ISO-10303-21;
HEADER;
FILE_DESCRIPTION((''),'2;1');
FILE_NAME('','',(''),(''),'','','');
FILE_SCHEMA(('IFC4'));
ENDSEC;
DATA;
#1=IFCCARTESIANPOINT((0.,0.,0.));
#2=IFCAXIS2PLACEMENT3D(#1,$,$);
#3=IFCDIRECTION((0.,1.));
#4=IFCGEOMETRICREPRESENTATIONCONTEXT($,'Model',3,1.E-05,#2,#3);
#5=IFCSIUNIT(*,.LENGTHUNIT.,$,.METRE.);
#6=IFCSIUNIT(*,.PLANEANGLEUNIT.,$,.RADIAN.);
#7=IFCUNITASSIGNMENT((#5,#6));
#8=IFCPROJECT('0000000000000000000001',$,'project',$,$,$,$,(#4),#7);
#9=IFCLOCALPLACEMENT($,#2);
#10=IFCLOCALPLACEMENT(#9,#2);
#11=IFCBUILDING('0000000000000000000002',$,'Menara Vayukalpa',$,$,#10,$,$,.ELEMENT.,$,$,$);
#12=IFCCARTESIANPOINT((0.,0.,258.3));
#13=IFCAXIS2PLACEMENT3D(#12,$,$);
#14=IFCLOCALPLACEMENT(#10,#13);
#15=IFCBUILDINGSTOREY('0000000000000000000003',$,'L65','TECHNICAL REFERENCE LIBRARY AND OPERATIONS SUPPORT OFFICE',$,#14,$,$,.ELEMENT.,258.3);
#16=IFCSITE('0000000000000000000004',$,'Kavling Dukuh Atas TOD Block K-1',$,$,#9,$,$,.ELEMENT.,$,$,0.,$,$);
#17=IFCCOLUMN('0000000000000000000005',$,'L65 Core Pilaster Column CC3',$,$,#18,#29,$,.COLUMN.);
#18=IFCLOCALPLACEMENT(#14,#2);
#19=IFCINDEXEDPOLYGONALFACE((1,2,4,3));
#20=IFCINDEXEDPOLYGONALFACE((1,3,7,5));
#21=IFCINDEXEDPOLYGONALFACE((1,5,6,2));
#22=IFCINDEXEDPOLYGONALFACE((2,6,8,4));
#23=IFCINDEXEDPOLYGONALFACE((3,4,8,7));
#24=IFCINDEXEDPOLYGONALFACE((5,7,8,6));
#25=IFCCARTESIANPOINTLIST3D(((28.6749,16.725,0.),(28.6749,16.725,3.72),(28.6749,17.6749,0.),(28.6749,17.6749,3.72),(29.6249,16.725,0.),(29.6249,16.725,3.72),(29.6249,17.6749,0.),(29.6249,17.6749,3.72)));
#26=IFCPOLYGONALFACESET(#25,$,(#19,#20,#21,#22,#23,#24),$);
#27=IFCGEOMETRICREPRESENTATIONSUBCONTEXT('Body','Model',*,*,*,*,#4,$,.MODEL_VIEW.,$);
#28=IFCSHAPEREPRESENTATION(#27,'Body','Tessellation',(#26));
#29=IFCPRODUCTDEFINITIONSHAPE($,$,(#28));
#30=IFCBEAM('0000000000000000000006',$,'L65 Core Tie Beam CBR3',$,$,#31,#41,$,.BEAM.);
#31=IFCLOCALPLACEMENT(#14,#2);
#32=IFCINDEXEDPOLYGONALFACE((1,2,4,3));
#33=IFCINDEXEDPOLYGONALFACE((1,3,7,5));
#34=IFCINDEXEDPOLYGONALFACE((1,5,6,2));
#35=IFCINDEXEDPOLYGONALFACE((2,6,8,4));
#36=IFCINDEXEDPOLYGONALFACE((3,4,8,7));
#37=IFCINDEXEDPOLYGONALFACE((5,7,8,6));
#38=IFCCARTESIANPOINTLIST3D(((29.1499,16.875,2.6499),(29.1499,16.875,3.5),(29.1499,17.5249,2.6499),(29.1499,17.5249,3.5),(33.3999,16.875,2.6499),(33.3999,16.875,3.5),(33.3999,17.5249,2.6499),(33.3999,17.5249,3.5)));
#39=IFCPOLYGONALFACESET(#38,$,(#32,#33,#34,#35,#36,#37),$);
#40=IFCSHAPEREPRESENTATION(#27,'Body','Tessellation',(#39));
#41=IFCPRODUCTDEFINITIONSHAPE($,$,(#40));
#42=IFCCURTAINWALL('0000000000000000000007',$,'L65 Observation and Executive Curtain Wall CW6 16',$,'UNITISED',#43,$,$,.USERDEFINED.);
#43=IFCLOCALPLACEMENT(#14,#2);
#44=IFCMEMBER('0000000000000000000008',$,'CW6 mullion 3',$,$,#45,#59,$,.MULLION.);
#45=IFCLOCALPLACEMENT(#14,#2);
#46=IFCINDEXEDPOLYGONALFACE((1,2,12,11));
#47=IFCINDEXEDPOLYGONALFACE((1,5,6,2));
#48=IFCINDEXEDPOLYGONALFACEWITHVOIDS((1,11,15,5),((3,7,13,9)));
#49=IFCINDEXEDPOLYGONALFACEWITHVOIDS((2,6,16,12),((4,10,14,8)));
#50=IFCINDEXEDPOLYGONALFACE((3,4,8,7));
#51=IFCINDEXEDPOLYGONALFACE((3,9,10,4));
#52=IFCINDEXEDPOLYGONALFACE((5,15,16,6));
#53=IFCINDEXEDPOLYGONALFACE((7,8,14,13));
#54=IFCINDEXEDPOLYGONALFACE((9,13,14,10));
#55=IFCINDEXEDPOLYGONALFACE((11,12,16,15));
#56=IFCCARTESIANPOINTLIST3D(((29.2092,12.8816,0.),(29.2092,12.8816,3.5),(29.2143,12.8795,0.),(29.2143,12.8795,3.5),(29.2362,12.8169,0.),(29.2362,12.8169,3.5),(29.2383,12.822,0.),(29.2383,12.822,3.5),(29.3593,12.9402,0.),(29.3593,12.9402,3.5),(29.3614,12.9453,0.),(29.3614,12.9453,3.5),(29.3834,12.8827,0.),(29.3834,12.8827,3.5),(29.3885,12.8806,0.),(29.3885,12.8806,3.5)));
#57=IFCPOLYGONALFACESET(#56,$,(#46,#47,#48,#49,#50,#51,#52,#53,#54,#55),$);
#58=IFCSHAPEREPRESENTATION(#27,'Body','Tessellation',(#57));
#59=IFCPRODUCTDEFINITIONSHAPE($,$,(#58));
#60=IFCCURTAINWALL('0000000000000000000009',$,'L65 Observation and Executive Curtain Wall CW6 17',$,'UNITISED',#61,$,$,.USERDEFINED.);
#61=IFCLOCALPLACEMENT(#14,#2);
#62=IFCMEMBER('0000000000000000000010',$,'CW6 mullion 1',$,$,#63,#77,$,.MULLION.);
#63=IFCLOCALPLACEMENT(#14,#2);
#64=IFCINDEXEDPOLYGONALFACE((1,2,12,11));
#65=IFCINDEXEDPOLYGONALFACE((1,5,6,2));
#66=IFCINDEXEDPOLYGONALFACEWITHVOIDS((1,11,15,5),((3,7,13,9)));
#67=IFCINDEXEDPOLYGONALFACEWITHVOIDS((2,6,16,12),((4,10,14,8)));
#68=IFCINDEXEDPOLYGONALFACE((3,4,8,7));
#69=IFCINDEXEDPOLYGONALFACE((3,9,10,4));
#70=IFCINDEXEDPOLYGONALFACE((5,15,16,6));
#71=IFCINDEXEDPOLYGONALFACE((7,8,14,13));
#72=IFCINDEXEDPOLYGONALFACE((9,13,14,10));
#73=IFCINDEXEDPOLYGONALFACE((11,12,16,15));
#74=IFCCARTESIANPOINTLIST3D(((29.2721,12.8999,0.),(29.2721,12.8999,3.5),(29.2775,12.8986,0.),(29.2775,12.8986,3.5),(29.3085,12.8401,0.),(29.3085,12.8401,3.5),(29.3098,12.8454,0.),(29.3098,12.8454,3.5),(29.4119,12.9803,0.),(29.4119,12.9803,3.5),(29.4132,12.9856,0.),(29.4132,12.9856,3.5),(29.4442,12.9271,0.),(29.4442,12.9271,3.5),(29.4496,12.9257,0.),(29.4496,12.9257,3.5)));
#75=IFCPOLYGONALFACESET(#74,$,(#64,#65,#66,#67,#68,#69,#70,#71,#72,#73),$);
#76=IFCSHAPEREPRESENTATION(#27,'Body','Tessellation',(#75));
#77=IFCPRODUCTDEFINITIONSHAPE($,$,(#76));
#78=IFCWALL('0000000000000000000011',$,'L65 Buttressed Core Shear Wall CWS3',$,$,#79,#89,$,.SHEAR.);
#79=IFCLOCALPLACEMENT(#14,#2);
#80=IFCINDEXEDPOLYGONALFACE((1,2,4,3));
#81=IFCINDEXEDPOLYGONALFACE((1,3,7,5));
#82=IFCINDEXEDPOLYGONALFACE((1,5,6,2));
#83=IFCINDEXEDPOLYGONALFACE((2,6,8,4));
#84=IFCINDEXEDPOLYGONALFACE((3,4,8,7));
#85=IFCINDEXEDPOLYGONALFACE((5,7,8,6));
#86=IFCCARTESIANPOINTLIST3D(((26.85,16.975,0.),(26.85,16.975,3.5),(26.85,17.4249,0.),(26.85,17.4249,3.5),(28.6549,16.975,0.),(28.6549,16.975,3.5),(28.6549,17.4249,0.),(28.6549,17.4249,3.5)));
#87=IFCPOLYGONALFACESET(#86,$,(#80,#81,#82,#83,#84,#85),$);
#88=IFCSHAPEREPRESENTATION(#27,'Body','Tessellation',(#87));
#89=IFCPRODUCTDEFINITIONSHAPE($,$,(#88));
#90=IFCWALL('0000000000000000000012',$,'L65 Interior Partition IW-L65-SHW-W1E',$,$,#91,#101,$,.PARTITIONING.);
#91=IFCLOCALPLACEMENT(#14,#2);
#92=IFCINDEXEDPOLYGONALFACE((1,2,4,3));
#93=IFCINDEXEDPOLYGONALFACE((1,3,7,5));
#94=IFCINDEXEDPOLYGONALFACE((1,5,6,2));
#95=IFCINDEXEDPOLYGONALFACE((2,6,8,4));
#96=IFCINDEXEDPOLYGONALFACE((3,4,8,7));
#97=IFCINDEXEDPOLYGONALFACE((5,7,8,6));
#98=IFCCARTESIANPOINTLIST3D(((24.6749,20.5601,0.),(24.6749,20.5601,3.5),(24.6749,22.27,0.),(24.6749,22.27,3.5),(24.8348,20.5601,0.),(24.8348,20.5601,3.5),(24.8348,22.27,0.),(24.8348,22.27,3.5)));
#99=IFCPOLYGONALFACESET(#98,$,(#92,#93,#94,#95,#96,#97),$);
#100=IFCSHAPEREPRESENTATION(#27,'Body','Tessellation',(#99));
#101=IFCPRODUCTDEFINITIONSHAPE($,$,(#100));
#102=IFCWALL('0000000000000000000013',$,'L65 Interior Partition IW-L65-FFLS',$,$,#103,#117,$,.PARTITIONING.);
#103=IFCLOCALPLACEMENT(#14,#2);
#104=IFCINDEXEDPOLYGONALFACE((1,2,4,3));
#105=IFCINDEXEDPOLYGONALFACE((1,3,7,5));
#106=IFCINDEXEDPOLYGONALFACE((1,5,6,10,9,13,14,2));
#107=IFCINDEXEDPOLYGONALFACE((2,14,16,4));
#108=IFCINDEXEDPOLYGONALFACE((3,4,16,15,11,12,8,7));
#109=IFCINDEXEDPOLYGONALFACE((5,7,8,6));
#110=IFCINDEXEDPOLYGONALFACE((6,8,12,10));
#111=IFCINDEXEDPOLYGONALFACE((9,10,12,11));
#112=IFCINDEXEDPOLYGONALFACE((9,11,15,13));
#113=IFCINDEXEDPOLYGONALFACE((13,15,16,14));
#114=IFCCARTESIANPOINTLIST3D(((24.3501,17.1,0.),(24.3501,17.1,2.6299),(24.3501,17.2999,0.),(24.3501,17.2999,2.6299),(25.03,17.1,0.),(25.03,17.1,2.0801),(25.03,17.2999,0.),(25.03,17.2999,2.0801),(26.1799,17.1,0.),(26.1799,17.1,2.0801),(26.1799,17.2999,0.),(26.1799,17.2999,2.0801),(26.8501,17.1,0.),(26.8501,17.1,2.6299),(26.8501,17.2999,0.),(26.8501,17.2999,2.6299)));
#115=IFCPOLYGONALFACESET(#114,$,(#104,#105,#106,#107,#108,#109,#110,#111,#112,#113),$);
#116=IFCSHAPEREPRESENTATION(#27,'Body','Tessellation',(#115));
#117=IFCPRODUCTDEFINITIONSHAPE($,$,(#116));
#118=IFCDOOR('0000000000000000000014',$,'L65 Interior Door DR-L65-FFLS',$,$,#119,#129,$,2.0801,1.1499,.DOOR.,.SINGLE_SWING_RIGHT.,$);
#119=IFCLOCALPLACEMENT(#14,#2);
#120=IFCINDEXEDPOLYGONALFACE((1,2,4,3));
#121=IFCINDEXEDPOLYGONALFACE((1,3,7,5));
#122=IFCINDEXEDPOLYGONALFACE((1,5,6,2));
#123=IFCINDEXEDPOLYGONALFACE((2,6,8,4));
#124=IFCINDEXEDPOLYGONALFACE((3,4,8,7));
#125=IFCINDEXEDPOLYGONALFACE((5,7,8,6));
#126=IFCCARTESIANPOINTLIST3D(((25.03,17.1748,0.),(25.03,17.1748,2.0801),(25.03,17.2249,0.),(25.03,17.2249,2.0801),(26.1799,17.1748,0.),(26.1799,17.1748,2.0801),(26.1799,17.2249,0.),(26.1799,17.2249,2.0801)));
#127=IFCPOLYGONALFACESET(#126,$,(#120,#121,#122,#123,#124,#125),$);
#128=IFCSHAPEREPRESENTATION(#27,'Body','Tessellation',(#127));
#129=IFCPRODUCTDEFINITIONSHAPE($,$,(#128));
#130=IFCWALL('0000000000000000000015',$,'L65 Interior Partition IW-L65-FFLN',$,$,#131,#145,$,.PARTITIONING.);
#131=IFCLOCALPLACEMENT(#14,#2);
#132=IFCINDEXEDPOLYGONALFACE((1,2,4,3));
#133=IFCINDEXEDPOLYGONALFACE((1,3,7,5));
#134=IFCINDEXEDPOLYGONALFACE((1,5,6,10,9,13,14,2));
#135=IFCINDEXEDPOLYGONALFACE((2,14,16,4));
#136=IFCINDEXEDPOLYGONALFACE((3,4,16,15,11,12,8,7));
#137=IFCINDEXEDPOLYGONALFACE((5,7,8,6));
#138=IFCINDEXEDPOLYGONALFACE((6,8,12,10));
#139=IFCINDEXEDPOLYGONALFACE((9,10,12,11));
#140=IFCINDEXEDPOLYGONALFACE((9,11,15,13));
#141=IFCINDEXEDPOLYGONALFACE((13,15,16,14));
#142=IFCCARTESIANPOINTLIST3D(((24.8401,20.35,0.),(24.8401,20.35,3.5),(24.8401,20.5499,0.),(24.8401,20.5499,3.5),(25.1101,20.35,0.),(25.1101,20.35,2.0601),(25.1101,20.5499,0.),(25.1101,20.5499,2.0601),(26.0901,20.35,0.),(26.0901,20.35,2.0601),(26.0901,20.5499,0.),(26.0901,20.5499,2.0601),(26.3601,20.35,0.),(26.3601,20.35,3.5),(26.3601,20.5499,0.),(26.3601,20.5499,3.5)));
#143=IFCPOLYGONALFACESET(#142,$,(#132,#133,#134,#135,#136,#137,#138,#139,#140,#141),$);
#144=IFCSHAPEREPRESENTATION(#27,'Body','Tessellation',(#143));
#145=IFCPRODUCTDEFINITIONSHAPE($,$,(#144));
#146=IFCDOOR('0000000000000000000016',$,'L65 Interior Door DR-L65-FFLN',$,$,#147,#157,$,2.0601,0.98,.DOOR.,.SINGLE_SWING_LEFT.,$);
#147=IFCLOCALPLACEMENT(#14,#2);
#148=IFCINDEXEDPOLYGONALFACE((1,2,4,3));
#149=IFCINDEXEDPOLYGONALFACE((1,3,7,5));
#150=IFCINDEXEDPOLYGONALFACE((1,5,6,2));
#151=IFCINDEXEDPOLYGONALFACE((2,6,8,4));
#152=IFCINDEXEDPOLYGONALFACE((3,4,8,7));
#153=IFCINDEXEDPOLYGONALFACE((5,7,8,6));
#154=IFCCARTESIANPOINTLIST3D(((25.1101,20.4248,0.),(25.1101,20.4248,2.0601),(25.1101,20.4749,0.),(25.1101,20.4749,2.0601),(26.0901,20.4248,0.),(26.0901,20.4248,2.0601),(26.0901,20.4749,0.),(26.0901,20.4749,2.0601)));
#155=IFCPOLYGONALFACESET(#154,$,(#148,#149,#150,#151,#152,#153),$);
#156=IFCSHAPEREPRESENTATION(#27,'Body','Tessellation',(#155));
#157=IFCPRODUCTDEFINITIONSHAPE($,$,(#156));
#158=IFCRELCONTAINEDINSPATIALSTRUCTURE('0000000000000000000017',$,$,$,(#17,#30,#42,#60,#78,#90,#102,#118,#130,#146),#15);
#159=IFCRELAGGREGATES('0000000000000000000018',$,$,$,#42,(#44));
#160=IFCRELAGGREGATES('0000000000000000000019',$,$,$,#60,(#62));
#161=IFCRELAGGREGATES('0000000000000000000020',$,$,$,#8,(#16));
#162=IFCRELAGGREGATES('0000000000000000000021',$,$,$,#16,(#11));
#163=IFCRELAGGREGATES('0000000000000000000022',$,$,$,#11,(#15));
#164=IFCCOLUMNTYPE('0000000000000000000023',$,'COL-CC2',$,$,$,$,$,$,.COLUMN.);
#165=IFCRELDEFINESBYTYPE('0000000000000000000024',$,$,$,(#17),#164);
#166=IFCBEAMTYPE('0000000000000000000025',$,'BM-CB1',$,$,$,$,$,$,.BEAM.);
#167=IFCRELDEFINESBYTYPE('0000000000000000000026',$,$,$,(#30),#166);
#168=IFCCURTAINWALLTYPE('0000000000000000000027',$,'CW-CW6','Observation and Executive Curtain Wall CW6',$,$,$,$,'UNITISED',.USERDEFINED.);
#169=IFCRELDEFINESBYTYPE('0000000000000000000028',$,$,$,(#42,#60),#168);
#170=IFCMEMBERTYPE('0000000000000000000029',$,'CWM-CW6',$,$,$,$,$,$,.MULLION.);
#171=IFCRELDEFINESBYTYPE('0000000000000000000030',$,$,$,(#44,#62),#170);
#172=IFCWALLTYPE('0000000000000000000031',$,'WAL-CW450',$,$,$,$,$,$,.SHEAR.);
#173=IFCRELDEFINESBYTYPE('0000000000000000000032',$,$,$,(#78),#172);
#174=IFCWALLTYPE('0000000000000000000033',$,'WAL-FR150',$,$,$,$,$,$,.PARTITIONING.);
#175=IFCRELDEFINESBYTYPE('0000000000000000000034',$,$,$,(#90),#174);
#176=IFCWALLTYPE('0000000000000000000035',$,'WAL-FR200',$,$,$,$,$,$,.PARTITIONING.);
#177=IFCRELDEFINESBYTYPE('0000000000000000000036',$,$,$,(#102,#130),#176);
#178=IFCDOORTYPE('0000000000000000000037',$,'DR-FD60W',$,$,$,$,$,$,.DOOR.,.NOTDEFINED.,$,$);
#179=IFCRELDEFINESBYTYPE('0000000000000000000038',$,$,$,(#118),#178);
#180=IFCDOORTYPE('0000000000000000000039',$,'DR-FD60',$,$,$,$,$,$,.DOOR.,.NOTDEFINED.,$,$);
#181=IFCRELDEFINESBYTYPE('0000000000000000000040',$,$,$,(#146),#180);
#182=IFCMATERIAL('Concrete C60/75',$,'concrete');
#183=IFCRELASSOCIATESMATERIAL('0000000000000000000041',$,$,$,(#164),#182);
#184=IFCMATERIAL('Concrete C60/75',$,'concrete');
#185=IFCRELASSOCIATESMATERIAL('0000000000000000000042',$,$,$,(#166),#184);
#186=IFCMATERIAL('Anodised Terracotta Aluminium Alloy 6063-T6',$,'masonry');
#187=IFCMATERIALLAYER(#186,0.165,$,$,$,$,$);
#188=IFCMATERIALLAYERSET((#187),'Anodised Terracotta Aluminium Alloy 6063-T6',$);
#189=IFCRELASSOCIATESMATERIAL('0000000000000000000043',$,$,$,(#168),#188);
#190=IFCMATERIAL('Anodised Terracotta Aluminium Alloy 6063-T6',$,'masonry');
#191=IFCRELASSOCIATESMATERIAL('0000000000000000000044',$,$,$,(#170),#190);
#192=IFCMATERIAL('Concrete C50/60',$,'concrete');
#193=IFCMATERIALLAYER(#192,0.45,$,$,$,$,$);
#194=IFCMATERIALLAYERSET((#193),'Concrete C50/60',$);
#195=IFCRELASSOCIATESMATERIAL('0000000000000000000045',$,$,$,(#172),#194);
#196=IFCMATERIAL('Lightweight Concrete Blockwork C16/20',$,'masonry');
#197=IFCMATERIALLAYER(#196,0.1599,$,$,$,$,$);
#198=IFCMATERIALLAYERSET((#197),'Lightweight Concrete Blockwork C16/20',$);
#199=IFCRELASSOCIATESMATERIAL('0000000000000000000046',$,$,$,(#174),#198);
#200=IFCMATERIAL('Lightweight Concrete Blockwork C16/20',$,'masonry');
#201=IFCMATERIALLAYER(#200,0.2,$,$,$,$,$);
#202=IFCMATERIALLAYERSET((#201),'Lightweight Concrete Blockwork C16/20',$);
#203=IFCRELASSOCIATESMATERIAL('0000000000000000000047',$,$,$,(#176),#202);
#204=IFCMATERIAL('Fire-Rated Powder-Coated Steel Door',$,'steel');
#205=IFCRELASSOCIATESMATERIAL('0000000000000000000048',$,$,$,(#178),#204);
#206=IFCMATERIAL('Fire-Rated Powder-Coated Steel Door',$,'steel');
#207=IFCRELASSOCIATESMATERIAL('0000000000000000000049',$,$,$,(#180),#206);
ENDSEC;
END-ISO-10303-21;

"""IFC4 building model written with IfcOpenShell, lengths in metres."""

from ifc_helpers import new_model, si_unit, direction, frame, frame_2d, origin, origin_2d, place, context, subcontext, project, spatial, rectangle, hollow_rectangle, extrude, material, layer, layer_set, material_profile, profile_set, type_object, element, fill, aggregate, save


model = new_model("IFC4")

# Units and contexts
model_context = context("Model", 3, precision=1e-05, world=origin(), true_north=direction((0.0, 1.0)))
body_context = subcontext(model_context, "Body", "Model", "MODEL_VIEW")
ifc_project = project(units=[si_unit("LENGTHUNIT", "METRE"), si_unit("PLANEANGLEUNIT", "RADIAN")], contexts=[model_context])

# Site, building, storey
site_placement = place(None, origin())
site = spatial("IfcSite", under=ifc_project, at=site_placement, Name="Kavling Dukuh Atas TOD Block K-1", CompositionType="ELEMENT", RefElevation=0.0)
building_placement = place(site_placement, origin())
building = spatial("IfcBuilding", under=site, at=building_placement, Name="Menara Vayukalpa", CompositionType="ELEMENT")
storey_placement = place(building_placement, frame((0.0, 0.0, 258.3)))
storey = spatial("IfcBuildingStorey", under=building, at=storey_placement, Name="L65", Description="TECHNICAL REFERENCE LIBRARY AND OPERATIONS SUPPORT OFFICE", CompositionType="ELEMENT", Elevation=258.3)

# Column
ifc_material_1 = material(Name="Concrete C60/75", Category="concrete")
ifc_material_profile_1 = material_profile(ifc_material_1, rectangle(XDim=0.95, YDim=0.95, at=origin_2d()), Name="RC 950x950")
ifc_profile_set_1 = profile_set([ifc_material_profile_1], Name="Concrete C60/75")
column_type = type_object("IfcColumnType", Name="COL-CC2", PredefinedType="COLUMN", material=ifc_profile_set_1)
column_placement = place(storey_placement, frame((29.1499, 17.2, 0.0), z_axis=(0.0, 0.0, 1.0), x_axis=(1.0, 0.0, 0.0)))
element("IfcColumn", 1, at=column_placement, inside=storey, type_object=column_type, Name="L65 Core Pilaster Column CC3", PredefinedType="COLUMN", context=body_context, shape_type="SweptSolid", body=[
    extrude(rectangle(XDim=0.95, YDim=0.95, at=origin_2d()), origin(), (0.0, 0.0, 1.0), 3.72),
])

# Beam
ifc_material_2 = material(Name="Concrete C60/75", Category="concrete")
ifc_material_profile_2 = material_profile(ifc_material_2, rectangle(XDim=0.6499, YDim=0.8501, at=origin_2d()), Name="RC 650x850")
ifc_profile_set_2 = profile_set([ifc_material_profile_2], Name="Concrete C60/75")
beam_type = type_object("IfcBeamType", Name="BM-CB1", PredefinedType="BEAM", material=ifc_profile_set_2)
beam_placement = place(storey_placement, frame((29.1499, 17.2, 3.075), z_axis=(1.0, 0.0, 0.0), x_axis=(0.0, 1.0, 0.0)))
element("IfcBeam", 2, at=beam_placement, inside=storey, type_object=beam_type, Name="L65 Core Tie Beam CBR3", PredefinedType="BEAM", context=body_context, shape_type="SweptSolid", body=[
    extrude(rectangle(XDim=0.6499, YDim=0.8501, at=origin_2d()), origin(), (0.0, 0.0, 1.0), 4.25),
])

# Curtain walls, members
ifc_material_3 = material(Name="Anodised Terracotta Aluminium Alloy 6063-T6", Category="masonry")
ifc_layer_1 = layer(ifc_material_3, 0.165)
ifc_layer_set_1 = layer_set([ifc_layer_1], Name="Anodised Terracotta Aluminium Alloy 6063-T6")
curtain_wall_type = type_object("IfcCurtainWallType", Name="CW-CW6", Description="Observation and Executive Curtain Wall CW6", ElementType="UNITISED", PredefinedType="USERDEFINED", material=ifc_layer_set_1)
curtain_wall_1_placement = place(storey_placement, origin())
curtain_wall_1 = element("IfcCurtainWall", 3, at=curtain_wall_1_placement, inside=storey, type_object=curtain_wall_type, Name="L65 Observation and Executive Curtain Wall CW6 16", ObjectType="UNITISED", PredefinedType="USERDEFINED")
ifc_material_4 = material(Name="Anodised Terracotta Aluminium Alloy 6063-T6", Category="masonry")
ifc_material_profile_3 = material_profile(ifc_material_4, hollow_rectangle(XDim=0.0701, YDim=0.165, WallThickness=0.0039, at=origin_2d()), Name="ALU 70x165x4")
ifc_profile_set_3 = profile_set([ifc_material_profile_3], Name="Anodised Terracotta Aluminium Alloy 6063-T6")
member_type = type_object("IfcMemberType", Name="CWM-CW6", PredefinedType="MULLION", material=ifc_profile_set_3)
member_1_placement = place(storey_placement, frame((29.2988, 12.8811, 0.0), z_axis=(0.0, 0.0, 1.0), x_axis=(-0.3859, 0.922541, 0.0)))
member_1 = element("IfcMember", 4, at=member_1_placement, type_object=member_type, Name="CW6 mullion 3", PredefinedType="MULLION", context=body_context, shape_type="SweptSolid", body=[
    extrude(hollow_rectangle(XDim=0.0701, YDim=0.165, WallThickness=0.0039, at=origin_2d()), origin(), (0.0, 0.0, 1.0), 3.5),
])
aggregate(curtain_wall_1, [member_1])
curtain_wall_2_placement = place(storey_placement, origin())
curtain_wall_2 = element("IfcCurtainWall", 5, at=curtain_wall_2_placement, inside=storey, type_object=curtain_wall_type, Name="L65 Observation and Executive Curtain Wall CW6 17", ObjectType="UNITISED", PredefinedType="USERDEFINED")
member_2_placement = place(storey_placement, frame((29.3608, 12.9128, 0.0), z_axis=(0.0, 0.0, 1.0), x_axis=(-0.519176, 0.854668, 0.0)))
member_2 = element("IfcMember", 6, at=member_2_placement, type_object=member_type, Name="CW6 mullion 1", PredefinedType="MULLION", context=body_context, shape_type="SweptSolid", body=[
    extrude(hollow_rectangle(XDim=0.0701, YDim=0.165, WallThickness=0.0039, at=origin_2d()), origin(), (0.0, 0.0, 1.0), 3.5),
])
aggregate(curtain_wall_2, [member_2])

# Walls
ifc_material_5 = material(Name="Concrete C50/60", Category="concrete")
ifc_layer_2 = layer(ifc_material_5, 0.45)
ifc_layer_set_2 = layer_set([ifc_layer_2], Name="Concrete C50/60")
wall_type_1 = type_object("IfcWallType", Name="WAL-CW450", PredefinedType="SHEAR", material=ifc_layer_set_2)
wall_1_placement = place(storey_placement, frame((26.8501, 17.2, 0.0), z_axis=(0.0, 0.0, 1.0), x_axis=(1.0, 0.0, 0.0)))
element("IfcWall", 7, at=wall_1_placement, inside=storey, type_object=wall_type_1, Name="L65 Buttressed Core Shear Wall CWS3", PredefinedType="SHEAR", context=body_context, shape_type="SweptSolid", body=[
    extrude(rectangle(XDim=1.8049, YDim=0.45, at=frame_2d((0.9023, 0.0))), origin(), (0.0, 0.0, 1.0), 3.5),
])
ifc_material_6 = material(Name="Lightweight Concrete Blockwork C16/20", Category="masonry")
ifc_layer_3 = layer(ifc_material_6, 0.1599)
ifc_layer_set_3 = layer_set([ifc_layer_3], Name="Lightweight Concrete Blockwork C16/20")
wall_type_2 = type_object("IfcWallType", Name="WAL-FR150", PredefinedType="PARTITIONING", material=ifc_layer_set_3)
wall_2_placement = place(storey_placement, frame((24.7549, 20.5601, 0.0), z_axis=(0.0, 0.0, 1.0), x_axis=(0.0, 1.0, 0.0)))
element("IfcWall", 8, at=wall_2_placement, inside=storey, type_object=wall_type_2, Name="L65 Interior Partition IW-L65-SHW-W1E", PredefinedType="PARTITIONING", context=body_context, shape_type="SweptSolid", body=[
    extrude(rectangle(XDim=1.71, YDim=0.1599, at=frame_2d((0.855, 0.0))), origin(), (0.0, 0.0, 1.0), 3.5),
])

# Walls, openings, doors
ifc_material_7 = material(Name="Lightweight Concrete Blockwork C16/20", Category="masonry")
ifc_layer_4 = layer(ifc_material_7, 0.2)
ifc_layer_set_4 = layer_set([ifc_layer_4], Name="Lightweight Concrete Blockwork C16/20")
wall_type_3 = type_object("IfcWallType", Name="WAL-FR200", PredefinedType="PARTITIONING", material=ifc_layer_set_4)
wall_3_placement = place(storey_placement, frame((24.3501, 17.2, 0.0), z_axis=(0.0, 0.0, 1.0), x_axis=(1.0, 0.0, 0.0)))
wall_3 = element("IfcWall", 9, at=wall_3_placement, inside=storey, type_object=wall_type_3, Name="L65 Interior Partition IW-L65-FFLS", PredefinedType="PARTITIONING", context=body_context, shape_type="SweptSolid", body=[
    extrude(rectangle(XDim=2.5, YDim=0.2, at=frame_2d((1.25, 0.0))), origin(), (0.0, 0.0, 1.0), 2.6299),
])
opening_1_placement = place(wall_3_placement, frame((0.6799, 0.0, 0.0)))
opening_1 = element("IfcOpeningElement", 10, at=opening_1_placement, cuts=wall_3, PredefinedType="OPENING", context=body_context, shape_type="SweptSolid", body=[
    extrude(rectangle(XDim=1.1499, YDim=2.0801, at=frame_2d((0.575, 1.04))), frame((0.0, 0.1099, 0.0), z_axis=(0.0, -1.0, 0.0), x_axis=(1.0, 0.0, 0.0)), (0.0, 0.0, 1.0), 0.22),
])
ifc_material_8 = material(Name="Fire-Rated Powder-Coated Steel Door", Category="steel")
door_type_1 = type_object("IfcDoorType", Name="DR-FD60W", OperationType="NOTDEFINED", PredefinedType="DOOR", material=ifc_material_8)
door_1_placement = place(opening_1_placement, origin())
door_1 = element("IfcDoor", 11, at=door_1_placement, inside=storey, type_object=door_type_1, Name="L65 Interior Door DR-L65-FFLS", OperationType="SINGLE_SWING_RIGHT", OverallHeight=2.0801, OverallWidth=1.1499, PredefinedType="DOOR", context=body_context, shape_type="SweptSolid", body=[
    extrude(rectangle(XDim=1.1499, YDim=2.0801, at=frame_2d((0.575, 1.04))), frame((0.0, 0.0249, 0.0), z_axis=(0.0, -1.0, 0.0), x_axis=(1.0, 0.0, 0.0)), (0.0, 0.0, 1.0), 0.05),
])
fill(opening_1, door_1)
wall_4_placement = place(storey_placement, frame((24.8401, 20.45, 0.0), z_axis=(0.0, 0.0, 1.0), x_axis=(1.0, 0.0, 0.0)))
wall_4 = element("IfcWall", 12, at=wall_4_placement, inside=storey, type_object=wall_type_3, Name="L65 Interior Partition IW-L65-FFLN", PredefinedType="PARTITIONING", context=body_context, shape_type="SweptSolid", body=[
    extrude(rectangle(XDim=1.52, YDim=0.2, at=frame_2d((0.76, 0.0))), origin(), (0.0, 0.0, 1.0), 3.5),
])
opening_2_placement = place(wall_4_placement, frame((0.27, 0.0, 0.0)))
opening_2 = element("IfcOpeningElement", 13, at=opening_2_placement, cuts=wall_4, PredefinedType="OPENING", context=body_context, shape_type="SweptSolid", body=[
    extrude(rectangle(XDim=0.98, YDim=2.0601, at=frame_2d((0.49, 1.03))), frame((0.0, 0.1099, 0.0), z_axis=(0.0, -1.0, 0.0), x_axis=(1.0, 0.0, 0.0)), (0.0, 0.0, 1.0), 0.22),
])
ifc_material_9 = material(Name="Fire-Rated Powder-Coated Steel Door", Category="steel")
door_type_2 = type_object("IfcDoorType", Name="DR-FD60", OperationType="NOTDEFINED", PredefinedType="DOOR", material=ifc_material_9)
door_2_placement = place(opening_2_placement, origin())
door_2 = element("IfcDoor", 14, at=door_2_placement, inside=storey, type_object=door_type_2, Name="L65 Interior Door DR-L65-FFLN", OperationType="SINGLE_SWING_LEFT", OverallHeight=2.0601, OverallWidth=0.98, PredefinedType="DOOR", context=body_context, shape_type="SweptSolid", body=[
    extrude(rectangle(XDim=0.98, YDim=2.0601, at=frame_2d((0.49, 1.03))), frame((0.0, 0.0249, 0.0), z_axis=(0.0, -1.0, 0.0), x_axis=(1.0, 0.0, 0.0)), (0.0, 0.0, 1.0), 0.05),
])
fill(opening_2, door_2)

save(model, "model.ifc")
